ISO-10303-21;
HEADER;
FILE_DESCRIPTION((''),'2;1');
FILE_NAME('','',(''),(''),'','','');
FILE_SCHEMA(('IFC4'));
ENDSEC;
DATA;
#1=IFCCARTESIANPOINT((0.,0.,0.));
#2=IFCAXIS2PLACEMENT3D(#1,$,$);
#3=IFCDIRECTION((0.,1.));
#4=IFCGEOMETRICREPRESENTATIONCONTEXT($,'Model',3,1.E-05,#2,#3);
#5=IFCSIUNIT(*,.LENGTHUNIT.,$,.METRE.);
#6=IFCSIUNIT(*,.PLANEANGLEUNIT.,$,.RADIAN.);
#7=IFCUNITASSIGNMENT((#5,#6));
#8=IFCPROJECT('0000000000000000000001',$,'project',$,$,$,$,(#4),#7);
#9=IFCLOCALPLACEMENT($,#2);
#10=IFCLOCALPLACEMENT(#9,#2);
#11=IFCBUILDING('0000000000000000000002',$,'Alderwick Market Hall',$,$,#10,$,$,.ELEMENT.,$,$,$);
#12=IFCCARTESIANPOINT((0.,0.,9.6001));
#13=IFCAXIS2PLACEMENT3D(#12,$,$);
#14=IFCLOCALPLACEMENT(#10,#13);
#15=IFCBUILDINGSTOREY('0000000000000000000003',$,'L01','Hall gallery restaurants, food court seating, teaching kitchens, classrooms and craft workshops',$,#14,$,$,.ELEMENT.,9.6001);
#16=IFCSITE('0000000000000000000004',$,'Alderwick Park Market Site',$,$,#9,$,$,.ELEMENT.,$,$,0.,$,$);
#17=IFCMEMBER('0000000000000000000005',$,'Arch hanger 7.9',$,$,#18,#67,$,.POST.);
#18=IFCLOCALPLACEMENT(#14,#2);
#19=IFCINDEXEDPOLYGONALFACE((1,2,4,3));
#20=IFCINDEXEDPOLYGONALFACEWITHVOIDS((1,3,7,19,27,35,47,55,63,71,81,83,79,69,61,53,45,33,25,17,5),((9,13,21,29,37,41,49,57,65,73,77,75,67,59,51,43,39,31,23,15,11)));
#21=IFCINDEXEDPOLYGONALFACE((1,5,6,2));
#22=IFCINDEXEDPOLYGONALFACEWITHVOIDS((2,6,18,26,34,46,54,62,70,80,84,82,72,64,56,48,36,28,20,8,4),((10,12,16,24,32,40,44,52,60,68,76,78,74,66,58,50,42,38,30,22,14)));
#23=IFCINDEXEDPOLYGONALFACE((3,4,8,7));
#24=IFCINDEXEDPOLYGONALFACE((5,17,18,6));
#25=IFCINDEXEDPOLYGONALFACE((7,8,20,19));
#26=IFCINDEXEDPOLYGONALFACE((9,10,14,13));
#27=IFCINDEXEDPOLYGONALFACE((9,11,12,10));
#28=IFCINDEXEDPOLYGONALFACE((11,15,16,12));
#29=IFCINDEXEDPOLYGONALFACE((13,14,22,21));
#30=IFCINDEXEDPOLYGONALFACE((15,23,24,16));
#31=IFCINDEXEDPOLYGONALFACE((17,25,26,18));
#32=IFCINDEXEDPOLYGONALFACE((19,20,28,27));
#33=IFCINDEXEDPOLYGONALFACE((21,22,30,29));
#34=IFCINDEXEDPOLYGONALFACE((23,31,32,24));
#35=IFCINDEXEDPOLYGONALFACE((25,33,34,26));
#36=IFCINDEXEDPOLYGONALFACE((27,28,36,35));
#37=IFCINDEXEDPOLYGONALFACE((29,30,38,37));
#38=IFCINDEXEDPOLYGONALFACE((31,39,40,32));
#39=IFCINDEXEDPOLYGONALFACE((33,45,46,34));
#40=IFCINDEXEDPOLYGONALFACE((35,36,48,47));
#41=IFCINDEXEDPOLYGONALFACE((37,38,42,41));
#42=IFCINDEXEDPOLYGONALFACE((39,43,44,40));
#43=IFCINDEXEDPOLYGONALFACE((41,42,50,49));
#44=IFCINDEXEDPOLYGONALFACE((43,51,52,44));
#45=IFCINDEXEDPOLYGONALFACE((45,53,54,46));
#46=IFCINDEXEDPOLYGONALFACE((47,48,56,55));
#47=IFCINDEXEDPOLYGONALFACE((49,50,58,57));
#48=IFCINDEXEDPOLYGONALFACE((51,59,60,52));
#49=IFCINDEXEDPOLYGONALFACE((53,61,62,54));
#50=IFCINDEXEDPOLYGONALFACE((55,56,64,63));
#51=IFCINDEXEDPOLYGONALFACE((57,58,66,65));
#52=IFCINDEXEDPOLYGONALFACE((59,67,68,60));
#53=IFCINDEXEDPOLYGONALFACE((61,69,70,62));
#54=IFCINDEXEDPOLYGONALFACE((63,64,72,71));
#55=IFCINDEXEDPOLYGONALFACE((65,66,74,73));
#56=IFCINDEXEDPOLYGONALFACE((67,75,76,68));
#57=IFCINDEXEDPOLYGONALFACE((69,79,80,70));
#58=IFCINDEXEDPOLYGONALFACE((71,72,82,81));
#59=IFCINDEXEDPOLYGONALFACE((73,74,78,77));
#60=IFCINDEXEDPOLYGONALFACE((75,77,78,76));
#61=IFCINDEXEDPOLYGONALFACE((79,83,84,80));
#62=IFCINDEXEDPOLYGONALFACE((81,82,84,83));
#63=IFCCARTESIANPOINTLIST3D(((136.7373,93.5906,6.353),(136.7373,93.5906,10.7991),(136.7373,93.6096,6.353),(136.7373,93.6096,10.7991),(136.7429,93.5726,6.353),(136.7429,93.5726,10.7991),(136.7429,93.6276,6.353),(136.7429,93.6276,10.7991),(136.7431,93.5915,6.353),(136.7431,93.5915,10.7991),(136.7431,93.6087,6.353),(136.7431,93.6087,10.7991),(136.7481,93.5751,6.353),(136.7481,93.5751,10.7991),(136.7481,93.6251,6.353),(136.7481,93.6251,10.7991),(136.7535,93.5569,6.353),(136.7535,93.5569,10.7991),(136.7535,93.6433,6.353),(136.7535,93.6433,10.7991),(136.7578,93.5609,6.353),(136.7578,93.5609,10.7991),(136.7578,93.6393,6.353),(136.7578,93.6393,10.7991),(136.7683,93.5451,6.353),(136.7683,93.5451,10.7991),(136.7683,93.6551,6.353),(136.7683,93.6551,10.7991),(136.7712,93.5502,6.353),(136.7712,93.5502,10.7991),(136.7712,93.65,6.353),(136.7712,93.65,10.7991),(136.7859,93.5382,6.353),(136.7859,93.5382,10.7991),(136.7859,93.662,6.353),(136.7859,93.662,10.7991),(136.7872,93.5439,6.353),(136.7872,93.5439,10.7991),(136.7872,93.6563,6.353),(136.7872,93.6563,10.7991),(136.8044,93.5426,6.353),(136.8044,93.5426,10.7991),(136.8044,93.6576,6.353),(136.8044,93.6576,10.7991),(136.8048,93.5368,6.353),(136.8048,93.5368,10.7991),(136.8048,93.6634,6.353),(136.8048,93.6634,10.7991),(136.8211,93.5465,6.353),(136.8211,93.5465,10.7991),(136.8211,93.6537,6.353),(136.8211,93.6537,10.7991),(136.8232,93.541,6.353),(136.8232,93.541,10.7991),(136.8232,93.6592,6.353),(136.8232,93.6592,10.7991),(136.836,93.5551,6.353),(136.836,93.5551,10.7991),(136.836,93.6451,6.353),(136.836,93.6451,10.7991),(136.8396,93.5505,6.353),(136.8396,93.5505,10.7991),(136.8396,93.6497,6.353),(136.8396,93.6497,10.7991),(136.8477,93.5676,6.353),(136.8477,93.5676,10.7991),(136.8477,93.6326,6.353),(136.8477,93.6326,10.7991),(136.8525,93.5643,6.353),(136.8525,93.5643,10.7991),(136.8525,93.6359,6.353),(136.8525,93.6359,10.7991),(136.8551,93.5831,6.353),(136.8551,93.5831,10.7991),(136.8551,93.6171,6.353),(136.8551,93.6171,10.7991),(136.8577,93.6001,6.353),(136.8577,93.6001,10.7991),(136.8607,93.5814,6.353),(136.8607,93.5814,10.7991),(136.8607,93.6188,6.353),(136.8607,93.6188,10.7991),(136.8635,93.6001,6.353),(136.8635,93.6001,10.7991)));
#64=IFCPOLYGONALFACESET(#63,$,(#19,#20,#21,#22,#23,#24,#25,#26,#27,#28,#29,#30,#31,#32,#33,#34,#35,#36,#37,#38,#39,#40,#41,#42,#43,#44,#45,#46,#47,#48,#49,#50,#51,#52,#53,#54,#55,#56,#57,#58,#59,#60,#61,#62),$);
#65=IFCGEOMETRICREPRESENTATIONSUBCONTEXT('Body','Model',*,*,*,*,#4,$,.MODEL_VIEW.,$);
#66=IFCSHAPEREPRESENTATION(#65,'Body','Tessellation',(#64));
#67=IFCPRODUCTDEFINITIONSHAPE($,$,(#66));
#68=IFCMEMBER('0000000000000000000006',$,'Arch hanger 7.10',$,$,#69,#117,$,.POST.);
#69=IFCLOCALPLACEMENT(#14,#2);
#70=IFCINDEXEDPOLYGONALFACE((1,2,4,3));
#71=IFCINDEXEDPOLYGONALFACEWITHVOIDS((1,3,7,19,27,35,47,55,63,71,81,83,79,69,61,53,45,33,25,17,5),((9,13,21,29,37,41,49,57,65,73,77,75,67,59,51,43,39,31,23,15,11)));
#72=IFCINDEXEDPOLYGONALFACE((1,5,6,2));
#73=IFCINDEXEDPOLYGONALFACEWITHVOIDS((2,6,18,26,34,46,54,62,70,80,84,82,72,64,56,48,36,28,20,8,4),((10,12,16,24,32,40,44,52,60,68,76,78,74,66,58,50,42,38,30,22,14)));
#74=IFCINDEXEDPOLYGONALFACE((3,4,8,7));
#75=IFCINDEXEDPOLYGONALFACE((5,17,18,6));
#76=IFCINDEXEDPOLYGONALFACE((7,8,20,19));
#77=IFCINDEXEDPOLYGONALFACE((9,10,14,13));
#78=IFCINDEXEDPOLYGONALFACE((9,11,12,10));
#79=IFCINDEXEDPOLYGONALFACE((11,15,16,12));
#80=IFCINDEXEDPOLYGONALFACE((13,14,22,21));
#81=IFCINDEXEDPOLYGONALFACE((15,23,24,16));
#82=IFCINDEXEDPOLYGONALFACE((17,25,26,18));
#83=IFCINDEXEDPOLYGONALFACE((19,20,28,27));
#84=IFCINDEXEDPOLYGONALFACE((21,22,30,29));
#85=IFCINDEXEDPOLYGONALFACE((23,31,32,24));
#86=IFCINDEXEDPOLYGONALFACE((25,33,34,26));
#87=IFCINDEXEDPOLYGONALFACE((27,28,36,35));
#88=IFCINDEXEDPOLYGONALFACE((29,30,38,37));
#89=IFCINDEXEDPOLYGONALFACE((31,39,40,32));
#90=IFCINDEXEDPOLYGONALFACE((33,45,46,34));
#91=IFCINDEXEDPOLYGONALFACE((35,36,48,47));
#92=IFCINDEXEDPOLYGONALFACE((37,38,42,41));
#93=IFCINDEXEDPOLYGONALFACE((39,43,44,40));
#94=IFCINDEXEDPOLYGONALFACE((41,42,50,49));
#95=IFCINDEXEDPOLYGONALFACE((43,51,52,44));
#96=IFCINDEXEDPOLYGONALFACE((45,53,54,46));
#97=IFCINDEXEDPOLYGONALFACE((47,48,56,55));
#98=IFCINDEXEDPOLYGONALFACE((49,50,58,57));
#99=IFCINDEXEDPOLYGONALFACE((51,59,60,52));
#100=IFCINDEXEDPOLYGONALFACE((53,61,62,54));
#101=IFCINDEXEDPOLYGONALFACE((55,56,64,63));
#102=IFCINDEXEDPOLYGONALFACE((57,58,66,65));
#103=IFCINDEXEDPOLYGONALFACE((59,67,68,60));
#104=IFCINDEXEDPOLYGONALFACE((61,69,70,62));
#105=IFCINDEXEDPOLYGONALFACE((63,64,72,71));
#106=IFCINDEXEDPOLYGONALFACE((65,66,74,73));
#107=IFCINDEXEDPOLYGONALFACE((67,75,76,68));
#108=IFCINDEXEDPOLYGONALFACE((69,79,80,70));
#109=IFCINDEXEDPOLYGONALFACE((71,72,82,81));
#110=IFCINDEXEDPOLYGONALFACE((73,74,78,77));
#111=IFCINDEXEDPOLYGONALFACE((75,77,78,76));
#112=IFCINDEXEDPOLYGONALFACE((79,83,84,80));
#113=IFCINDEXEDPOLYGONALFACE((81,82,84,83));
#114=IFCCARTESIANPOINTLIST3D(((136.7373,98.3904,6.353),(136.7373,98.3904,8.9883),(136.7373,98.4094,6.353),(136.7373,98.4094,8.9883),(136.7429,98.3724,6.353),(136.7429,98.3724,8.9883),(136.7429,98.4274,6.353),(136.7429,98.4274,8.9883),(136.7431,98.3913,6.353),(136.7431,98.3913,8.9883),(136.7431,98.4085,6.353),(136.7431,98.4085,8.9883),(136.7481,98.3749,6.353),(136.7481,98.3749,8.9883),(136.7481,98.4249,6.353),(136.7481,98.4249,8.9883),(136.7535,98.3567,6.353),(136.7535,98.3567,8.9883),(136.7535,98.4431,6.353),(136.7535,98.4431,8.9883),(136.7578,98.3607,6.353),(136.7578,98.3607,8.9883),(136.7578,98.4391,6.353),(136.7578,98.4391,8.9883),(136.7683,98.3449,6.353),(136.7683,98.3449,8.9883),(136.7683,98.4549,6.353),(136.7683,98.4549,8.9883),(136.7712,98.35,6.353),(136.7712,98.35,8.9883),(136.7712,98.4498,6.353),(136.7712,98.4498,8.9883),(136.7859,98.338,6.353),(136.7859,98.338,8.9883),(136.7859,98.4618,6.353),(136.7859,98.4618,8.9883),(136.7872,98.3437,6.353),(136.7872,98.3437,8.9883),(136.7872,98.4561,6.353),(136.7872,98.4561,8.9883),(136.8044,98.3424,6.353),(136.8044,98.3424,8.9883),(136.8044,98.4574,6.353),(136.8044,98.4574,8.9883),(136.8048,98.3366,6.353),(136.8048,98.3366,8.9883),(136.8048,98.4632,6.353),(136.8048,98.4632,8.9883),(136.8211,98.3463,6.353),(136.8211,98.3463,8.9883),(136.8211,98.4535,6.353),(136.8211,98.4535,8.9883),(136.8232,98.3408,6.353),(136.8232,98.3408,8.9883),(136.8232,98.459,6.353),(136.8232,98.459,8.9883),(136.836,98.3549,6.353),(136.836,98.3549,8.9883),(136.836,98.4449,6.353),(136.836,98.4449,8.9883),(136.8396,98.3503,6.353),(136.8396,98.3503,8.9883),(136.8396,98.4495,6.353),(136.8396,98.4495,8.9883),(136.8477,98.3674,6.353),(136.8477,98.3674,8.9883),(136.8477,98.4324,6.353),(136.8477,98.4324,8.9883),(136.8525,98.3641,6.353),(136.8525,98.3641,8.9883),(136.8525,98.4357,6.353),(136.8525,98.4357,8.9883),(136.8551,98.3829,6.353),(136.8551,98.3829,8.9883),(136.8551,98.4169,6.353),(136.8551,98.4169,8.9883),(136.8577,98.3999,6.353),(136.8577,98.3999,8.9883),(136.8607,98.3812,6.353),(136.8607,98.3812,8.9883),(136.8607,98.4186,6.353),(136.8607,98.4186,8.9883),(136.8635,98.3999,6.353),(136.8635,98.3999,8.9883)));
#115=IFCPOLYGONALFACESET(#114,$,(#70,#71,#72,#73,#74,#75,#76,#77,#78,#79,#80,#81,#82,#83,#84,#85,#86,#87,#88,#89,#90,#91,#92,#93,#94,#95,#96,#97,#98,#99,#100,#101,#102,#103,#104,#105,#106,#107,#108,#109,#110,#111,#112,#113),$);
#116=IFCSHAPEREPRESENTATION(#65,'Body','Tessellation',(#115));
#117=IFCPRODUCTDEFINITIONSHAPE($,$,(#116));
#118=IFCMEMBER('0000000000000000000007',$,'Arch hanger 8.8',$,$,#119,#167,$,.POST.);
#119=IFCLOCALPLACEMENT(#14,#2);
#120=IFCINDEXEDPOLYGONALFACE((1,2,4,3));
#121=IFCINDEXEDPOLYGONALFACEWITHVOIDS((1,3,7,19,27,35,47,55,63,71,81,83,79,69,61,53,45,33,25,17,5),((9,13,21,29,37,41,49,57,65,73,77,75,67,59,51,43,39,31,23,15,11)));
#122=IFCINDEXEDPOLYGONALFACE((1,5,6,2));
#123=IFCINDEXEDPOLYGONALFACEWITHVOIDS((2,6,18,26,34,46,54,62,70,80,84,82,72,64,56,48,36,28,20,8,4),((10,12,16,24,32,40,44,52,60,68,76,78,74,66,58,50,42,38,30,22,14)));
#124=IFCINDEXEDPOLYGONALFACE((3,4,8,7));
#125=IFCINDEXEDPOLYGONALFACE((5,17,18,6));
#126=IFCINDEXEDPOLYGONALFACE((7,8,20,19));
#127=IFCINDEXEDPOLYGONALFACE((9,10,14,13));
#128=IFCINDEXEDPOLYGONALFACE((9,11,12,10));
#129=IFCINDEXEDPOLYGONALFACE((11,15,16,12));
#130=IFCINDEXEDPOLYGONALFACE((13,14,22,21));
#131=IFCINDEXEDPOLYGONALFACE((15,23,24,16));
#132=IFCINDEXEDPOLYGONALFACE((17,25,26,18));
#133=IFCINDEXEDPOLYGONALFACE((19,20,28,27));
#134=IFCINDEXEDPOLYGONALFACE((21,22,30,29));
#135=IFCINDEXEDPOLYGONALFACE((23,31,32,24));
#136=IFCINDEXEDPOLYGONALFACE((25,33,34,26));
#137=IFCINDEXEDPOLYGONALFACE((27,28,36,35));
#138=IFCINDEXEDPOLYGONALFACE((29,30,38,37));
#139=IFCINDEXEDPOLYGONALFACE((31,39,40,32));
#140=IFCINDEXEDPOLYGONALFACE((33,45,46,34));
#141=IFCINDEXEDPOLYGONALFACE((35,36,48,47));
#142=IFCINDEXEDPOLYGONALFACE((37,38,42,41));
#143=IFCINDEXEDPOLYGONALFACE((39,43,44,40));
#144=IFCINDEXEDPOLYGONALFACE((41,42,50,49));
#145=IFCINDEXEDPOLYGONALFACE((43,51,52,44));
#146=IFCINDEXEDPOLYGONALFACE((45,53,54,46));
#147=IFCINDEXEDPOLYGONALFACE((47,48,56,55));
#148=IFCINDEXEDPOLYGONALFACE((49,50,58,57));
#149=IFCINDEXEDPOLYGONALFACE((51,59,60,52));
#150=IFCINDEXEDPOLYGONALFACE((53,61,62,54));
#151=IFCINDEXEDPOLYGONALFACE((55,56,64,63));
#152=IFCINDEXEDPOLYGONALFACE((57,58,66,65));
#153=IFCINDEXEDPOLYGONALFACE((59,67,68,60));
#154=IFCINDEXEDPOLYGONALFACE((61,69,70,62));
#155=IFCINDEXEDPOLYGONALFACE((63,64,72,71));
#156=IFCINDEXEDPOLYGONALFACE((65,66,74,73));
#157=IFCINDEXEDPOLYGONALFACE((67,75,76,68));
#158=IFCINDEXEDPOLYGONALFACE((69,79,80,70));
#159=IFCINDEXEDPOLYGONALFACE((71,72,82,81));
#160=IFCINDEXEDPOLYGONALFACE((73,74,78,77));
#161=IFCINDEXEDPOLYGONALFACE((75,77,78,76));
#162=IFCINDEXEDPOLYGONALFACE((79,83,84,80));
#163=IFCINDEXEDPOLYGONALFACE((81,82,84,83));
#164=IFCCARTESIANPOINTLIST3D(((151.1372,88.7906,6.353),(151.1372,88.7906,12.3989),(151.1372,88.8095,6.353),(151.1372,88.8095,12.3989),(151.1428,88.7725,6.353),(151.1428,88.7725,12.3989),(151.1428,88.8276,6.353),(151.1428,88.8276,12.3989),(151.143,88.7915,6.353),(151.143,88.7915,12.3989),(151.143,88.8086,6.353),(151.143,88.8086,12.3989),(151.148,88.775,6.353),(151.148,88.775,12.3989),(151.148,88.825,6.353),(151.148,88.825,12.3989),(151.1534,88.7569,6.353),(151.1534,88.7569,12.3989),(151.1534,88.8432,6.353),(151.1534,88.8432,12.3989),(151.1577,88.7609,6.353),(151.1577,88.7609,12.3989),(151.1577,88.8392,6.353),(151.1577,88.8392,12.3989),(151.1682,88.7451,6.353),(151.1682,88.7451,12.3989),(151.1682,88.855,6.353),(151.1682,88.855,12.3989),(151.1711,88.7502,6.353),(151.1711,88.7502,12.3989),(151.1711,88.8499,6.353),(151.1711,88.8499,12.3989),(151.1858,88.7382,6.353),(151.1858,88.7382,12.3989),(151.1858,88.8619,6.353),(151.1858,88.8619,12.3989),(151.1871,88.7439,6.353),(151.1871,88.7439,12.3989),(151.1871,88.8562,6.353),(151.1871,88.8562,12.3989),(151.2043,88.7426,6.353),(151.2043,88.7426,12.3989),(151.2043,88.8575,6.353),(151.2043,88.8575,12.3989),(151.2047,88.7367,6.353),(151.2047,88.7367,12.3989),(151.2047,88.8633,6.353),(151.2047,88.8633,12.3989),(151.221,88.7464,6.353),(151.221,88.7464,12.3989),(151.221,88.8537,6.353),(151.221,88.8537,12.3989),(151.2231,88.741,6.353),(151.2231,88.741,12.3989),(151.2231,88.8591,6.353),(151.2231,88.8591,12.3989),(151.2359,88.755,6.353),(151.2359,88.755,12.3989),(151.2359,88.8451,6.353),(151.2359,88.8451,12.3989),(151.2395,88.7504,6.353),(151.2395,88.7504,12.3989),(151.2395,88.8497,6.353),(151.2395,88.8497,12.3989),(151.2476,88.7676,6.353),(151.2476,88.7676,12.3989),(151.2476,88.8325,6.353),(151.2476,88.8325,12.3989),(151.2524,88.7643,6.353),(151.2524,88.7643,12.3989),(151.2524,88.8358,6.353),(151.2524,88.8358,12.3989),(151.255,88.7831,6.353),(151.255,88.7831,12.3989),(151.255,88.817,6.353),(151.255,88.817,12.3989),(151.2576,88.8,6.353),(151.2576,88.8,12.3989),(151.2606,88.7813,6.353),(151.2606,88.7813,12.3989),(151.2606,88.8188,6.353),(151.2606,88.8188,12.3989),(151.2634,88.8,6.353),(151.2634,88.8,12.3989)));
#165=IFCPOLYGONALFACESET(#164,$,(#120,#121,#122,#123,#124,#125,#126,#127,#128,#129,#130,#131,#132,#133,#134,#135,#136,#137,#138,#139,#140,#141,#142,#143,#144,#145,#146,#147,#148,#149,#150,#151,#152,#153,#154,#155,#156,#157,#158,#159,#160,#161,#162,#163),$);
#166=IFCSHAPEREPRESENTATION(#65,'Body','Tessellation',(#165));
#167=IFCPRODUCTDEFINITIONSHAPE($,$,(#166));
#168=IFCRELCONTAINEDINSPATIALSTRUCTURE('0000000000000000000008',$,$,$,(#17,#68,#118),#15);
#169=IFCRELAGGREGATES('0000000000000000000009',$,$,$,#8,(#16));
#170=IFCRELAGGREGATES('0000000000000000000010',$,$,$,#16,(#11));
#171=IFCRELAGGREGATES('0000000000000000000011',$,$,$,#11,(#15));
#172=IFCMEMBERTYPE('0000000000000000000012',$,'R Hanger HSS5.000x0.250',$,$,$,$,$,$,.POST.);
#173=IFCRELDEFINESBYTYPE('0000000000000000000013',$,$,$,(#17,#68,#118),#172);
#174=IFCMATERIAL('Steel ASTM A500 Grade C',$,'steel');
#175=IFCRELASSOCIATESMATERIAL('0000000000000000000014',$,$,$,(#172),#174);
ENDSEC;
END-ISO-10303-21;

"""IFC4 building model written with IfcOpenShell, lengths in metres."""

from ifc_helpers import new_model, si_unit, direction, frame, origin, origin_2d, place, context, subcontext, project, spatial, hollow_circle, extrude, material, material_profile, profile_set, type_object, element, save


model = new_model("IFC4")

# Units and contexts
model_context = context("Model", 3, precision=1e-05, world=origin(), true_north=direction((0.0, 1.0)))
body_context = subcontext(model_context, "Body", "Model", "MODEL_VIEW")
ifc_project = project(units=[si_unit("LENGTHUNIT", "METRE"), si_unit("PLANEANGLEUNIT", "RADIAN")], contexts=[model_context])

# Site, building, storey
site_placement = place(None, origin())
site = spatial("IfcSite", under=ifc_project, at=site_placement, Name="Alderwick Park Market Site", CompositionType="ELEMENT", RefElevation=0.0)
building_placement = place(site_placement, origin())
building = spatial("IfcBuilding", under=site, at=building_placement, Name="Alderwick Market Hall", CompositionType="ELEMENT")
storey_placement = place(building_placement, frame((0.0, 0.0, 9.6001)))
storey = spatial("IfcBuildingStorey", under=building, at=storey_placement, Name="L01", Description="Hall gallery restaurants, food court seating, teaching kitchens, classrooms and craft workshops", CompositionType="ELEMENT", Elevation=9.6001)

# Members
ifc_material_1 = material(Name="Steel ASTM A500 Grade C", Category="steel")
ifc_material_profile_1 = material_profile(ifc_material_1, hollow_circle(Radius=0.0635, WallThickness=0.0059, at=origin_2d()), Name="HSS5.000x0.250")
ifc_profile_set_1 = profile_set([ifc_material_profile_1], Name="Steel ASTM A500 Grade C")
member_type_1 = type_object("IfcMemberType", Name="R Hanger HSS5.000x0.250", PredefinedType="POST", material=ifc_profile_set_1)
member_1_placement = place(storey_placement, frame((136.8, 93.6001, 6.353), z_axis=(0.0, 0.0, 1.0), x_axis=(1.0, 0.0, 0.0)))
element("IfcMember", 1, at=member_1_placement, inside=storey, type_object=member_type_1, Name="Arch hanger 7.9", PredefinedType="POST", context=body_context, shape_type="SweptSolid", body=[
    extrude(hollow_circle(Radius=0.0635, WallThickness=0.0059, at=origin_2d()), origin(), (0.0, 0.0, 1.0), 4.446),
])
member_2_placement = place(storey_placement, frame((136.8, 98.3999, 6.353), z_axis=(0.0, 0.0, 1.0), x_axis=(1.0, 0.0, 0.0)))
element("IfcMember", 2, at=member_2_placement, inside=storey, type_object=member_type_1, Name="Arch hanger 7.10", PredefinedType="POST", context=body_context, shape_type="SweptSolid", body=[
    extrude(hollow_circle(Radius=0.0635, WallThickness=0.0059, at=origin_2d()), origin(), (0.0, 0.0, 1.0), 2.6353),
])
member_3_placement = place(storey_placement, frame((151.2, 88.8, 6.353), z_axis=(0.0, 0.0, 1.0), x_axis=(1.0, 0.0, 0.0)))
element("IfcMember", 3, at=member_3_placement, inside=storey, type_object=member_type_1, Name="Arch hanger 8.8", PredefinedType="POST", context=body_context, shape_type="SweptSolid", body=[
    extrude(hollow_circle(Radius=0.0635, WallThickness=0.0059, at=origin_2d()), origin(), (0.0, 0.0, 1.0), 6.0459),
])

save(model, "model.ifc")
